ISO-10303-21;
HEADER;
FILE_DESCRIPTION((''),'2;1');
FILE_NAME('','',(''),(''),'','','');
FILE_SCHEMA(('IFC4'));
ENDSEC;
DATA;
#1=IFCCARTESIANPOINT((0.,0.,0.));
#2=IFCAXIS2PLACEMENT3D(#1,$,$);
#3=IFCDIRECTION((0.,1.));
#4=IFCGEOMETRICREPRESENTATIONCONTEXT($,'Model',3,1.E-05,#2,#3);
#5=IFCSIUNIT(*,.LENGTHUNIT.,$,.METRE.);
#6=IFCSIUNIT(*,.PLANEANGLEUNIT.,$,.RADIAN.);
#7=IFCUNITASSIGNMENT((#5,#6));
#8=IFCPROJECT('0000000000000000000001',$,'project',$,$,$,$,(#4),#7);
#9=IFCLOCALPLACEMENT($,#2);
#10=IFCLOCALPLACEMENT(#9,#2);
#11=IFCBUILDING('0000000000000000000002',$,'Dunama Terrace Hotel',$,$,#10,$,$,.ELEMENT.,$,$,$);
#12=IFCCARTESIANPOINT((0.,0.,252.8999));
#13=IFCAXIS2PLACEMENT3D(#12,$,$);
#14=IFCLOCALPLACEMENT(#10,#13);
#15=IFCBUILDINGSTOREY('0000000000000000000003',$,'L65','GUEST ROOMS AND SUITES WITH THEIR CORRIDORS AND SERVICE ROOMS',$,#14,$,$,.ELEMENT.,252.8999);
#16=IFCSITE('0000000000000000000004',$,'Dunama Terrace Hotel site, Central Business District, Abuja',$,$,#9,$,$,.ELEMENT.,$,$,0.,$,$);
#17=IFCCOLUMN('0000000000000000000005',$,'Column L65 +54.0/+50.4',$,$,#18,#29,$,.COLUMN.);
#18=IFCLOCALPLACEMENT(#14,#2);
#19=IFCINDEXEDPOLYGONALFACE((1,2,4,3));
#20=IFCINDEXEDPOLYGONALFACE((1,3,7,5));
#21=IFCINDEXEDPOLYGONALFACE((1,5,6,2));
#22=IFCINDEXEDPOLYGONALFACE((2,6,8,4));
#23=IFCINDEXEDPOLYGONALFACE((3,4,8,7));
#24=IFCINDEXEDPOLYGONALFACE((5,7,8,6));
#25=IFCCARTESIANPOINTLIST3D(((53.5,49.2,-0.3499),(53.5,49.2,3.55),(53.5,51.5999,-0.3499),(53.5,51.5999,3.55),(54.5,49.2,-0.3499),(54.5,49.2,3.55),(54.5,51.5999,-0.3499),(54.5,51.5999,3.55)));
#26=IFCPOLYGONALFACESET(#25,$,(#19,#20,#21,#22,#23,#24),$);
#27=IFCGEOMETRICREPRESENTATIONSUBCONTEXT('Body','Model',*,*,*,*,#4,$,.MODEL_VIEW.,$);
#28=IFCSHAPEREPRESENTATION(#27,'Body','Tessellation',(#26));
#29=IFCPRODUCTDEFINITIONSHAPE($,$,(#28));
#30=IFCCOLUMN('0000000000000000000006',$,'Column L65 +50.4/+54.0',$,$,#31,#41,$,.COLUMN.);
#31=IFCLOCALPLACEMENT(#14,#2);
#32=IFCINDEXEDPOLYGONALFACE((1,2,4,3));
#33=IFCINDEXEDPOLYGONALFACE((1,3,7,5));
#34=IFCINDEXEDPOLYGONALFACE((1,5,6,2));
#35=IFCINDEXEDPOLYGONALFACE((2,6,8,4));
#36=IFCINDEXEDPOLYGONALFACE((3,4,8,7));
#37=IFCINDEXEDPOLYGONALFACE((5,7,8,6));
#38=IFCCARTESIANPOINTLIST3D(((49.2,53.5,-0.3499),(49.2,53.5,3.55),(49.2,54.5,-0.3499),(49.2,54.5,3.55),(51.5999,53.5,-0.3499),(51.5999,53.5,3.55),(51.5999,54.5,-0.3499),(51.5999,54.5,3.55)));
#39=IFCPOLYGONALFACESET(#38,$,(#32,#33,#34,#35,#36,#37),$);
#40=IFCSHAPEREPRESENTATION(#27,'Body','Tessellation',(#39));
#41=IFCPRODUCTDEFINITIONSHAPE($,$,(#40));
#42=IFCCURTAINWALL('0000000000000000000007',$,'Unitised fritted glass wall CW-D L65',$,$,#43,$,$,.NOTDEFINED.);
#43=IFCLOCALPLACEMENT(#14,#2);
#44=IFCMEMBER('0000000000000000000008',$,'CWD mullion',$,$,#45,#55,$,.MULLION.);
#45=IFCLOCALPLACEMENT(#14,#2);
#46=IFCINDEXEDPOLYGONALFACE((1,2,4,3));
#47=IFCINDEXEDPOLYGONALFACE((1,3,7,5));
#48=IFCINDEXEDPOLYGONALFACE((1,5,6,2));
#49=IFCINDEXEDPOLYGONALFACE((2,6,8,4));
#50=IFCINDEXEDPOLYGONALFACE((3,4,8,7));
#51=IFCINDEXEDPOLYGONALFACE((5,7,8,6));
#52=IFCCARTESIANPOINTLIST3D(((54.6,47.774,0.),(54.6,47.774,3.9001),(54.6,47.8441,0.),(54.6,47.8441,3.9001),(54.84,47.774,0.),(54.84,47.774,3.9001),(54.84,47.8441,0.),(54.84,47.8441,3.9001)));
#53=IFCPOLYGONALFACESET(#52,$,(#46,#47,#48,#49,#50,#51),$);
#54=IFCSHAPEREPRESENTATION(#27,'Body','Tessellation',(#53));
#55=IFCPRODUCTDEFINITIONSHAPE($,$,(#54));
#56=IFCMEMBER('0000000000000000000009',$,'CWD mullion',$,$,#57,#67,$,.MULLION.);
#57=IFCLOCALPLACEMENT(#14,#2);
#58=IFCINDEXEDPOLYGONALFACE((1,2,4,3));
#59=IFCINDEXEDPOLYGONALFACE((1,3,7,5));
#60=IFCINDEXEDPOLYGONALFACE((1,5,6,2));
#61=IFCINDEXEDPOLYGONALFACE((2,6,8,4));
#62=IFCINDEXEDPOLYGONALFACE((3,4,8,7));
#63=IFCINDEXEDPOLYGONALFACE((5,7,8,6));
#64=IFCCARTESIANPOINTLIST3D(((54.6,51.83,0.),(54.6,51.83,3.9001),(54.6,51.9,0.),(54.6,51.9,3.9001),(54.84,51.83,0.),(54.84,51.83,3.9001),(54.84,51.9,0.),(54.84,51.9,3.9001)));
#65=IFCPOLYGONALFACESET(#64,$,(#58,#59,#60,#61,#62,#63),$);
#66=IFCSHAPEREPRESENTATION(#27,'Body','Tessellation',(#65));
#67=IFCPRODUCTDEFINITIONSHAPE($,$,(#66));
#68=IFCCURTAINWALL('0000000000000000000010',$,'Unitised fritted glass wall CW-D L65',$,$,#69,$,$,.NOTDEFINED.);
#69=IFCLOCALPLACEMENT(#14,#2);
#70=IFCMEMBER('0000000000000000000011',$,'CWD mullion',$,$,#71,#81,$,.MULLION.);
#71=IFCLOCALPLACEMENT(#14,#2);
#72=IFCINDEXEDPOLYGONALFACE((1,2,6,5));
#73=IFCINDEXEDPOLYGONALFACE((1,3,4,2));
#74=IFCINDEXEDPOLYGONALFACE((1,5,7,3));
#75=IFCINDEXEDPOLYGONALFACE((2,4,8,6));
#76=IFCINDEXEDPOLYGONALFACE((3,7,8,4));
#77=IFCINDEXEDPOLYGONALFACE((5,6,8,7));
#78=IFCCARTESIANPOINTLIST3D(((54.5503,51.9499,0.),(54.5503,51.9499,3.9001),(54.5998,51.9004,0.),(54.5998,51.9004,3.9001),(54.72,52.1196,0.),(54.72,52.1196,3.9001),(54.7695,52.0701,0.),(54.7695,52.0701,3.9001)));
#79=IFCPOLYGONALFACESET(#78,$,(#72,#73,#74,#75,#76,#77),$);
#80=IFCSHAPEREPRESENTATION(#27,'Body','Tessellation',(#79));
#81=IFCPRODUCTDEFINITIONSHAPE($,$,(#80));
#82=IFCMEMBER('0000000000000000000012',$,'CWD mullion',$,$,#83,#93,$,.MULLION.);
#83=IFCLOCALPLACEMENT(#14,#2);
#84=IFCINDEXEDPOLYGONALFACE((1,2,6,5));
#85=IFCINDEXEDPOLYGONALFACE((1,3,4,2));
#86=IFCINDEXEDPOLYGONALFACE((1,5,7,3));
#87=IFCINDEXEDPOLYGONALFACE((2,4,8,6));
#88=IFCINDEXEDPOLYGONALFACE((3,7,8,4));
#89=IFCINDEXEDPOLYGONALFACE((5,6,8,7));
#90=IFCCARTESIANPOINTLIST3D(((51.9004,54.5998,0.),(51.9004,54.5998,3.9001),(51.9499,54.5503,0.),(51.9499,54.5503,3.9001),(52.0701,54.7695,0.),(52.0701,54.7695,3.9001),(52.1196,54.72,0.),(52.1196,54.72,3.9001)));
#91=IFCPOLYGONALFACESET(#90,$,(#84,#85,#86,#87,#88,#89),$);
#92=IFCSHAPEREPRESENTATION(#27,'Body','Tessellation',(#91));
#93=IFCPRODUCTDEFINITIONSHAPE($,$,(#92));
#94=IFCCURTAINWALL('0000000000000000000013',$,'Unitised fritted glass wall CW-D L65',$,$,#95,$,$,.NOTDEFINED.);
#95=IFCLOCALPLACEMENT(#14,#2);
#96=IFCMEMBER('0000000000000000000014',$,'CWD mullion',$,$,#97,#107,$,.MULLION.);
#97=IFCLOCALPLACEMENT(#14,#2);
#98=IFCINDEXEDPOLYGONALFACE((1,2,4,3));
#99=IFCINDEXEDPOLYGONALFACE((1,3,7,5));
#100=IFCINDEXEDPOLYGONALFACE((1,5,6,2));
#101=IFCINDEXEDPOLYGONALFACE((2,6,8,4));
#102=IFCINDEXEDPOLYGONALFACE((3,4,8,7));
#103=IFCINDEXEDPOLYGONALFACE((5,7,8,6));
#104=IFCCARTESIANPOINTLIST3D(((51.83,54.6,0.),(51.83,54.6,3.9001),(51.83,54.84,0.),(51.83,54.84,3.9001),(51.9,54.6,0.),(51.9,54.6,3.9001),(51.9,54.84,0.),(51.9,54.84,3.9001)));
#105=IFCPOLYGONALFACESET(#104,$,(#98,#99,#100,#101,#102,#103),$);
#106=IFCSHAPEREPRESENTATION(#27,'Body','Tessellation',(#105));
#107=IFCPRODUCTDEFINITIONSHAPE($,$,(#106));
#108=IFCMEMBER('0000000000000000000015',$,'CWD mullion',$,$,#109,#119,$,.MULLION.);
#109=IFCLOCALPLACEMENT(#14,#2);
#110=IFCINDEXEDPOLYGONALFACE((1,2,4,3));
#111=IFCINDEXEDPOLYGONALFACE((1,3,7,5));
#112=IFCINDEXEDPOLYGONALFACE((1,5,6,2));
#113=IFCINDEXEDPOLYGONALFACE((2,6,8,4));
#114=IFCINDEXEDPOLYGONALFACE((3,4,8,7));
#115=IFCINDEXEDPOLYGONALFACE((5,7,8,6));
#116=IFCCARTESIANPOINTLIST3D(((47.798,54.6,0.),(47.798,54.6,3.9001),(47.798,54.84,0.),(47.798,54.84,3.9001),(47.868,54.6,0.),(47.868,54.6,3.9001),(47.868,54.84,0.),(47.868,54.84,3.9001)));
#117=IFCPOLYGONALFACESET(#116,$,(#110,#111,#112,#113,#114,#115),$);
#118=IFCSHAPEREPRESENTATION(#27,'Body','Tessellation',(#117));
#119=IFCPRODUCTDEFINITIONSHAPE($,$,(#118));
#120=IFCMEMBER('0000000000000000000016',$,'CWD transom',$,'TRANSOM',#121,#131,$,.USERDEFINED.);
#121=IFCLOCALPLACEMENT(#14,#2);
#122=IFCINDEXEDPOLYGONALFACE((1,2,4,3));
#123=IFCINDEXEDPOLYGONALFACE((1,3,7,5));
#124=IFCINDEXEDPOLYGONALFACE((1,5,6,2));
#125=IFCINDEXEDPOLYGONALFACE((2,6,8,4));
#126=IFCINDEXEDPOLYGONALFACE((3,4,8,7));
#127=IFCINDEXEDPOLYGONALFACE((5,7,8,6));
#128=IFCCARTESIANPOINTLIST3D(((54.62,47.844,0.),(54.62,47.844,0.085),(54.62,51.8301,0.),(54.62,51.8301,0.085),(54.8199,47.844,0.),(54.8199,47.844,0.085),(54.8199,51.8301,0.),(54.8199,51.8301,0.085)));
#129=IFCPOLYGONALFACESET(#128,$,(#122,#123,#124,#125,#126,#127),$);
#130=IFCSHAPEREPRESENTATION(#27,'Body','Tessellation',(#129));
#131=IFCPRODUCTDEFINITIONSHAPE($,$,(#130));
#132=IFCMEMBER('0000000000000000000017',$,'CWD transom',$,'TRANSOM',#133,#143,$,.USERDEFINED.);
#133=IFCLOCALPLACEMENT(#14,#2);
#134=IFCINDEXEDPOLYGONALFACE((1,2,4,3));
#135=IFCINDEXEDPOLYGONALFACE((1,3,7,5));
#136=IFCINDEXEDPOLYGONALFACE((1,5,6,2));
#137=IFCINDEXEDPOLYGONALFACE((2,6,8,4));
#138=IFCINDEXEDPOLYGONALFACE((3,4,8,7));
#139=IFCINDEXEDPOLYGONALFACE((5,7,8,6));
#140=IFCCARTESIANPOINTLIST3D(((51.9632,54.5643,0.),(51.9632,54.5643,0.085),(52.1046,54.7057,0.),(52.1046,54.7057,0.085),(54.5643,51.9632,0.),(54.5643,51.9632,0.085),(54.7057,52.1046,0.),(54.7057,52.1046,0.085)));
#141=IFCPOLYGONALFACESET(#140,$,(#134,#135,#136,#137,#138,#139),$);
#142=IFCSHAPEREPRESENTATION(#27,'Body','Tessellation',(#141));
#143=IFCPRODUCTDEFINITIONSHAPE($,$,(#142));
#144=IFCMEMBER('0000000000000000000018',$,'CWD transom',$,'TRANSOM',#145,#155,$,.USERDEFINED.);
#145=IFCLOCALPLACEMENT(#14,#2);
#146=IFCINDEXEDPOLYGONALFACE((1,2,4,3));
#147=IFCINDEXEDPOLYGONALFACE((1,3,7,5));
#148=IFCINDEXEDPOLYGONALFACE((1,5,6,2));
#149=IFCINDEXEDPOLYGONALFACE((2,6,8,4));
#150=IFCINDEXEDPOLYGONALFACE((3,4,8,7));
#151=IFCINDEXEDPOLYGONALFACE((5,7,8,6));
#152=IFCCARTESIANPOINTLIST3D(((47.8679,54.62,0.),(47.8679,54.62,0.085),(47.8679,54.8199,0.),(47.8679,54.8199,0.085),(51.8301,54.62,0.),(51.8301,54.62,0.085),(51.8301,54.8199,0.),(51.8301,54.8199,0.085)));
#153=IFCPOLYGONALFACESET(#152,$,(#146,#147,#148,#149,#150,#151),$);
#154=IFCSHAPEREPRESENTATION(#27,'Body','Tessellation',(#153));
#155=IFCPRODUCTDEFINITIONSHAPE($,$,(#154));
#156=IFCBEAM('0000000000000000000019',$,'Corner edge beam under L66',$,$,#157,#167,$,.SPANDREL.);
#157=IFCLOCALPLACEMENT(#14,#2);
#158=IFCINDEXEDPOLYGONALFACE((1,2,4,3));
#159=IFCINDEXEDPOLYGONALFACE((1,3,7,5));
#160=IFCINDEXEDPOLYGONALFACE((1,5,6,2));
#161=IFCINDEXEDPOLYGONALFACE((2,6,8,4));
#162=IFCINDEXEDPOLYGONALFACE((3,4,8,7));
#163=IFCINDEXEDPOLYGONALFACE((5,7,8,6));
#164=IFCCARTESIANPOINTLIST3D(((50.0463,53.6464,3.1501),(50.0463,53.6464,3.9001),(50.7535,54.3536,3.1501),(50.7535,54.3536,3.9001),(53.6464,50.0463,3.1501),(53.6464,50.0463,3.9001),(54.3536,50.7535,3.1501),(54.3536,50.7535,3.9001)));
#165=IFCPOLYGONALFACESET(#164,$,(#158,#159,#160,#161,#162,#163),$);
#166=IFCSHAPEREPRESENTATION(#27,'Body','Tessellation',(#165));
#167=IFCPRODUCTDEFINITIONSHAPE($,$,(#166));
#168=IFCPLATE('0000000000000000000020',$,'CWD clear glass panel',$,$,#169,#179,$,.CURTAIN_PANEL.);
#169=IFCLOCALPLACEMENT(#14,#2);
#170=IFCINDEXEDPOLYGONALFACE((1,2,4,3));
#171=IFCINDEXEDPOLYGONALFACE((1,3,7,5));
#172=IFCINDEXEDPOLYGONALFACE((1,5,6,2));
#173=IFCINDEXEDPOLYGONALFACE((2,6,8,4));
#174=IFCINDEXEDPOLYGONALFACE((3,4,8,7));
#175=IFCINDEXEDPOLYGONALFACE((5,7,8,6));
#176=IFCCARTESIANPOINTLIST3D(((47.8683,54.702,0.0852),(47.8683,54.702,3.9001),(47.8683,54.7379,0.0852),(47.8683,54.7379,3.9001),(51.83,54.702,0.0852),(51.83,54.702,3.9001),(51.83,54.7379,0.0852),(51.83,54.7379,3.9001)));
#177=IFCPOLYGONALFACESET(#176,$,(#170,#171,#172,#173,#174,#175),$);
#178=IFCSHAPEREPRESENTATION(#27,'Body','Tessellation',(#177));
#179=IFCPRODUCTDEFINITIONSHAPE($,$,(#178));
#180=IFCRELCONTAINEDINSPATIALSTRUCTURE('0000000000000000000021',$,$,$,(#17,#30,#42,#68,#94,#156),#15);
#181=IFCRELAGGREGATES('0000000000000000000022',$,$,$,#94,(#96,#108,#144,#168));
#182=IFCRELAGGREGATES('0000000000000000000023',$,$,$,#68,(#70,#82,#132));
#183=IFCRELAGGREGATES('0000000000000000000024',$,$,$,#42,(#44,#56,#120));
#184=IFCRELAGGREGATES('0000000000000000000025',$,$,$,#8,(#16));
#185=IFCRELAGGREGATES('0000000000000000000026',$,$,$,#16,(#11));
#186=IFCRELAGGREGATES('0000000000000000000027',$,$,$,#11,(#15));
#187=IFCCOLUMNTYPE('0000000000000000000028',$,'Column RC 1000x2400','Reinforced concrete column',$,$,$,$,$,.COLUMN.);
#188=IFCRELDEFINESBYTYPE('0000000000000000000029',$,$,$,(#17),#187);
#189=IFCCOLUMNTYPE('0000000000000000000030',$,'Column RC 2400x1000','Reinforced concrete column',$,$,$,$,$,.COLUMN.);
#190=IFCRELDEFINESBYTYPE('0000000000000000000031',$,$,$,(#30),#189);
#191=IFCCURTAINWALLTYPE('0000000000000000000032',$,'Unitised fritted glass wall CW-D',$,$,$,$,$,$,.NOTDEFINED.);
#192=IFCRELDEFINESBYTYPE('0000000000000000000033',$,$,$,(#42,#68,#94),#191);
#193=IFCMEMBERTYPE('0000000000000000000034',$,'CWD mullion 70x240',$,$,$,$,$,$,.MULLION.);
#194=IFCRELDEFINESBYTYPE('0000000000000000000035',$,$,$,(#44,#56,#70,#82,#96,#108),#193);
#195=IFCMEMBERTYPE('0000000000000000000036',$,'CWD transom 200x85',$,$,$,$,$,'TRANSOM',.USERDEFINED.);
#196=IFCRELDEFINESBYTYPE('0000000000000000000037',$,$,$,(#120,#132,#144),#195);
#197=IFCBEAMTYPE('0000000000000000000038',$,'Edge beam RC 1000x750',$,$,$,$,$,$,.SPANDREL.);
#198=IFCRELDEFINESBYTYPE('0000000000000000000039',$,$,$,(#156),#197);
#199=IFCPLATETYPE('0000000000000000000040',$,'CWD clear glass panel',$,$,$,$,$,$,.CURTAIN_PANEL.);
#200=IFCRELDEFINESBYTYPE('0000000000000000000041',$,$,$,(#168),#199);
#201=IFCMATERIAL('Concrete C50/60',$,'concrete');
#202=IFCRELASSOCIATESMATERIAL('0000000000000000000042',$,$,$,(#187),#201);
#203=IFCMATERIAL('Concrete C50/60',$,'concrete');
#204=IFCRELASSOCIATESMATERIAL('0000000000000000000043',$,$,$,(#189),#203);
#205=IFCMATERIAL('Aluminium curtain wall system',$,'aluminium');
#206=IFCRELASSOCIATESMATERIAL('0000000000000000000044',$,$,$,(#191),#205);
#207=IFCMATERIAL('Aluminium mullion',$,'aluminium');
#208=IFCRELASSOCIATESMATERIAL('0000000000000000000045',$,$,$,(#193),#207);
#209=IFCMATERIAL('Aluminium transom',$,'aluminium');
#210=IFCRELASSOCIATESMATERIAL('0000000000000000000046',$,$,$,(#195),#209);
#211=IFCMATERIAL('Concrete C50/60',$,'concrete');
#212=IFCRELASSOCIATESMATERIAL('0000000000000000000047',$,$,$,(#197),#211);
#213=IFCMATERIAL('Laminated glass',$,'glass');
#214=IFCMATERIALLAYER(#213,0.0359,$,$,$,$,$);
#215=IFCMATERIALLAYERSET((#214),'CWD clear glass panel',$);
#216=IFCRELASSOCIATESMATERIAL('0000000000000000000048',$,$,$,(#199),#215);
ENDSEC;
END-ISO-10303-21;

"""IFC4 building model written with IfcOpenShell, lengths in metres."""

from ifc_helpers import new_model, si_unit, direction, frame, origin, origin_2d, place, context, subcontext, project, spatial, rectangle, extrude, material, layer, layer_set, material_profile, profile_set, type_object, element, aggregate, save


model = new_model("IFC4")

# Units and contexts
model_context = context("Model", 3, precision=1e-05, world=origin(), true_north=direction((0.0, 1.0)))
body_context = subcontext(model_context, "Body", "Model", "MODEL_VIEW")
ifc_project = project(units=[si_unit("LENGTHUNIT", "METRE"), si_unit("PLANEANGLEUNIT", "RADIAN")], contexts=[model_context])

# Site, building, storey
site_placement = place(None, origin())
site = spatial("IfcSite", under=ifc_project, at=site_placement, Name="Dunama Terrace Hotel site, Central Business District, Abuja", CompositionType="ELEMENT", RefElevation=0.0)
building_placement = place(site_placement, origin())
building = spatial("IfcBuilding", under=site, at=building_placement, Name="Dunama Terrace Hotel", CompositionType="ELEMENT")
storey_placement = place(building_placement, frame((0.0, 0.0, 252.8999)))
storey = spatial("IfcBuildingStorey", under=building, at=storey_placement, Name="L65", Description="GUEST ROOMS AND SUITES WITH THEIR CORRIDORS AND SERVICE ROOMS", CompositionType="ELEMENT", Elevation=252.8999)

# Columns
ifc_material_1 = material(Name="Concrete C50/60", Category="concrete")
ifc_material_profile_1 = material_profile(ifc_material_1, rectangle(XDim=1.0, YDim=2.3999, at=origin_2d()), Name="RC 1000x2400")
ifc_profile_set_1 = profile_set([ifc_material_profile_1], Name="Concrete C50/60")
column_type_1 = type_object("IfcColumnType", Name="Column RC 1000x2400", Description="Reinforced concrete column", PredefinedType="COLUMN", material=ifc_profile_set_1)
column_1_placement = place(storey_placement, frame((54.0, 50.3999, -0.3499), z_axis=(0.0, 0.0, 1.0), x_axis=(1.0, 0.0, 0.0)))
element("IfcColumn", 1, at=column_1_placement, inside=storey, type_object=column_type_1, Name="Column L65 +54.0/+50.4", PredefinedType="COLUMN", context=body_context, shape_type="SweptSolid", body=[
    extrude(rectangle(XDim=1.0, YDim=2.3999, at=origin_2d()), origin(), (0.0, 0.0, 1.0), 3.8999),
])
ifc_material_2 = material(Name="Concrete C50/60", Category="concrete")
ifc_material_profile_2 = material_profile(ifc_material_2, rectangle(XDim=2.3999, YDim=1.0, at=origin_2d()), Name="RC 2400x1000")
ifc_profile_set_2 = profile_set([ifc_material_profile_2], Name="Concrete C50/60")
column_type_2 = type_object("IfcColumnType", Name="Column RC 2400x1000", Description="Reinforced concrete column", PredefinedType="COLUMN", material=ifc_profile_set_2)
column_2_placement = place(storey_placement, frame((50.3999, 54.0, -0.3499), z_axis=(0.0, 0.0, 1.0), x_axis=(1.0, 0.0, 0.0)))
element("IfcColumn", 2, at=column_2_placement, inside=storey, type_object=column_type_2, Name="Column L65 +50.4/+54.0", PredefinedType="COLUMN", context=body_context, shape_type="SweptSolid", body=[
    extrude(rectangle(XDim=2.3999, YDim=1.0, at=origin_2d()), origin(), (0.0, 0.0, 1.0), 3.8999),
])

# Curtain walls, members
ifc_material_3 = material(Name="Aluminium curtain wall system", Category="aluminium")
curtain_wall_type = type_object("IfcCurtainWallType", Name="Unitised fritted glass wall CW-D", PredefinedType="NOTDEFINED", material=ifc_material_3)
curtain_wall_1_placement = place(storey_placement, origin())
curtain_wall_1 = element("IfcCurtainWall", 3, at=curtain_wall_1_placement, inside=storey, type_object=curtain_wall_type, Name="Unitised fritted glass wall CW-D L65", PredefinedType="NOTDEFINED")
ifc_material_4 = material(Name="Aluminium mullion", Category="aluminium")
ifc_material_profile_3 = material_profile(ifc_material_4, rectangle(XDim=0.0701, YDim=0.24, at=origin_2d()), Name="CWD MULLION 70X240")
ifc_profile_set_3 = profile_set([ifc_material_profile_3], Name="Aluminium mullion")
member_type_1 = type_object("IfcMemberType", Name="CWD mullion 70x240", PredefinedType="MULLION", material=ifc_profile_set_3)
member_1_placement = place(storey_placement, frame((54.72, 47.8091, 0.0), z_axis=(0.0, 0.0, 1.0), x_axis=(0.0, 1.0, 0.0)))
member_1 = element("IfcMember", 4, at=member_1_placement, type_object=member_type_1, Name="CWD mullion", PredefinedType="MULLION", context=body_context, shape_type="SweptSolid", body=[
    extrude(rectangle(XDim=0.0701, YDim=0.24, at=origin_2d()), origin(), (0.0, 0.0, 1.0), 3.9001),
])
member_2_placement = place(storey_placement, frame((54.72, 51.865, 0.0), z_axis=(0.0, 0.0, 1.0), x_axis=(0.0, 1.0, 0.0)))
member_2 = element("IfcMember", 5, at=member_2_placement, type_object=member_type_1, Name="CWD mullion", PredefinedType="MULLION", context=body_context, shape_type="SweptSolid", body=[
    extrude(rectangle(XDim=0.0701, YDim=0.24, at=origin_2d()), origin(), (0.0, 0.0, 1.0), 3.9001),
])
curtain_wall_2_placement = place(storey_placement, origin())
curtain_wall_2 = element("IfcCurtainWall", 6, at=curtain_wall_2_placement, inside=storey, type_object=curtain_wall_type, Name="Unitised fritted glass wall CW-D L65", PredefinedType="NOTDEFINED")
member_3_placement = place(storey_placement, frame((54.6599, 52.01, 0.0), z_axis=(0.0, 0.0, 1.0), x_axis=(-0.707107, 0.707107, 0.0)))
member_3 = element("IfcMember", 7, at=member_3_placement, type_object=member_type_1, Name="CWD mullion", PredefinedType="MULLION", context=body_context, shape_type="SweptSolid", body=[
    extrude(rectangle(XDim=0.0701, YDim=0.24, at=origin_2d()), origin(), (0.0, 0.0, 1.0), 3.9001),
])
member_4_placement = place(storey_placement, frame((52.01, 54.6599, 0.0), z_axis=(0.0, 0.0, 1.0), x_axis=(-0.707107, 0.707107, 0.0)))
member_4 = element("IfcMember", 8, at=member_4_placement, type_object=member_type_1, Name="CWD mullion", PredefinedType="MULLION", context=body_context, shape_type="SweptSolid", body=[
    extrude(rectangle(XDim=0.0701, YDim=0.24, at=origin_2d()), origin(), (0.0, 0.0, 1.0), 3.9001),
])
curtain_wall_3_placement = place(storey_placement, origin())
curtain_wall_3 = element("IfcCurtainWall", 9, at=curtain_wall_3_placement, inside=storey, type_object=curtain_wall_type, Name="Unitised fritted glass wall CW-D L65", PredefinedType="NOTDEFINED")
member_5_placement = place(storey_placement, frame((51.865, 54.72, 0.0), z_axis=(0.0, 0.0, 1.0), x_axis=(-1.0, 0.0, 0.0)))
member_5 = element("IfcMember", 10, at=member_5_placement, type_object=member_type_1, Name="CWD mullion", PredefinedType="MULLION", context=body_context, shape_type="SweptSolid", body=[
    extrude(rectangle(XDim=0.0701, YDim=0.24, at=origin_2d()), origin(), (0.0, 0.0, 1.0), 3.9001),
])
member_6_placement = place(storey_placement, frame((47.833, 54.72, 0.0), z_axis=(0.0, 0.0, 1.0), x_axis=(-1.0, 0.0, 0.0)))
member_6 = element("IfcMember", 11, at=member_6_placement, type_object=member_type_1, Name="CWD mullion", PredefinedType="MULLION", context=body_context, shape_type="SweptSolid", body=[
    extrude(rectangle(XDim=0.0701, YDim=0.24, at=origin_2d()), origin(), (0.0, 0.0, 1.0), 3.9001),
])

# Members
ifc_material_5 = material(Name="Aluminium transom", Category="aluminium")
ifc_material_profile_4 = material_profile(ifc_material_5, rectangle(XDim=0.2, YDim=0.085, at=origin_2d()), Name="CWD TRANSOM 200X85")
ifc_profile_set_4 = profile_set([ifc_material_profile_4], Name="Aluminium transom")
member_type_2 = type_object("IfcMemberType", Name="CWD transom 200x85", ElementType="TRANSOM", PredefinedType="USERDEFINED", material=ifc_profile_set_4)
member_7_placement = place(storey_placement, frame((54.72, 47.844, 0.0425), z_axis=(0.0, 1.0, 0.0), x_axis=(-1.0, 0.0, 0.0)))
member_7 = element("IfcMember", 12, at=member_7_placement, type_object=member_type_2, Name="CWD transom", ObjectType="TRANSOM", PredefinedType="USERDEFINED", context=body_context, shape_type="SweptSolid", body=[
    extrude(rectangle(XDim=0.2, YDim=0.085, at=origin_2d()), origin(), (0.0, 0.0, 1.0), 3.9861),
])
member_8_placement = place(storey_placement, frame((54.635, 52.0339, 0.0425), z_axis=(-0.707107, 0.707107, 0.0), x_axis=(-0.707107, -0.707107, 0.0)))
member_8 = element("IfcMember", 13, at=member_8_placement, type_object=member_type_2, Name="CWD transom", ObjectType="TRANSOM", PredefinedType="USERDEFINED", context=body_context, shape_type="SweptSolid", body=[
    extrude(rectangle(XDim=0.2, YDim=0.085, at=origin_2d()), origin(), (0.0, 0.0, 1.0), 3.6785),
])
member_9_placement = place(storey_placement, frame((51.8301, 54.72, 0.0425), z_axis=(-1.0, 0.0, 0.0), x_axis=(0.0, -1.0, 0.0)))
member_9 = element("IfcMember", 14, at=member_9_placement, type_object=member_type_2, Name="CWD transom", ObjectType="TRANSOM", PredefinedType="USERDEFINED", context=body_context, shape_type="SweptSolid", body=[
    extrude(rectangle(XDim=0.2, YDim=0.085, at=origin_2d()), origin(), (0.0, 0.0, 1.0), 3.9622),
])

# Beam
ifc_material_6 = material(Name="Concrete C50/60", Category="concrete")
ifc_material_profile_5 = material_profile(ifc_material_6, rectangle(XDim=1.0, YDim=0.75, at=origin_2d()), Name="RC 1000x750")
ifc_profile_set_5 = profile_set([ifc_material_profile_5], Name="Concrete C50/60")
beam_type = type_object("IfcBeamType", Name="Edge beam RC 1000x750", PredefinedType="SPANDREL", material=ifc_profile_set_5)
beam_placement = place(storey_placement, frame((50.3999, 54.0, 3.5251), z_axis=(0.707107, -0.707107, 0.0), x_axis=(0.707107, 0.707107, 0.0)))
element("IfcBeam", 15, at=beam_placement, inside=storey, type_object=beam_type, Name="Corner edge beam under L66", PredefinedType="SPANDREL", context=body_context, shape_type="SweptSolid", body=[
    extrude(rectangle(XDim=1.0, YDim=0.75, at=origin_2d()), origin(), (0.0, 0.0, 1.0), 5.0913),
])

# Plate
ifc_material_7 = material(Name="Laminated glass", Category="glass")
ifc_layer_1 = layer(ifc_material_7, 0.0359)
ifc_layer_set_1 = layer_set([ifc_layer_1], Name="CWD clear glass panel")
plate_type_1 = type_object("IfcPlateType", Name="CWD clear glass panel", PredefinedType="CURTAIN_PANEL", material=ifc_layer_set_1)
plate_1_placement = place(storey_placement, frame((49.8491, 54.72, 0.0852), z_axis=(0.0, 0.0, 1.0), x_axis=(-1.0, 0.0, 0.0)))
plate_1 = element("IfcPlate", 16, at=plate_1_placement, type_object=plate_type_1, Name="CWD clear glass panel", PredefinedType="CURTAIN_PANEL", context=body_context, shape_type="SweptSolid", body=[
    extrude(rectangle(XDim=3.9617, YDim=0.0359, at=origin_2d()), origin(), (0.0, 0.0, 1.0), 3.8149),
])
aggregate(curtain_wall_3, [member_5, member_6, member_9, plate_1])
aggregate(curtain_wall_2, [member_3, member_4, member_8])
aggregate(curtain_wall_1, [member_1, member_2, member_7])

save(model, "model.ifc")
